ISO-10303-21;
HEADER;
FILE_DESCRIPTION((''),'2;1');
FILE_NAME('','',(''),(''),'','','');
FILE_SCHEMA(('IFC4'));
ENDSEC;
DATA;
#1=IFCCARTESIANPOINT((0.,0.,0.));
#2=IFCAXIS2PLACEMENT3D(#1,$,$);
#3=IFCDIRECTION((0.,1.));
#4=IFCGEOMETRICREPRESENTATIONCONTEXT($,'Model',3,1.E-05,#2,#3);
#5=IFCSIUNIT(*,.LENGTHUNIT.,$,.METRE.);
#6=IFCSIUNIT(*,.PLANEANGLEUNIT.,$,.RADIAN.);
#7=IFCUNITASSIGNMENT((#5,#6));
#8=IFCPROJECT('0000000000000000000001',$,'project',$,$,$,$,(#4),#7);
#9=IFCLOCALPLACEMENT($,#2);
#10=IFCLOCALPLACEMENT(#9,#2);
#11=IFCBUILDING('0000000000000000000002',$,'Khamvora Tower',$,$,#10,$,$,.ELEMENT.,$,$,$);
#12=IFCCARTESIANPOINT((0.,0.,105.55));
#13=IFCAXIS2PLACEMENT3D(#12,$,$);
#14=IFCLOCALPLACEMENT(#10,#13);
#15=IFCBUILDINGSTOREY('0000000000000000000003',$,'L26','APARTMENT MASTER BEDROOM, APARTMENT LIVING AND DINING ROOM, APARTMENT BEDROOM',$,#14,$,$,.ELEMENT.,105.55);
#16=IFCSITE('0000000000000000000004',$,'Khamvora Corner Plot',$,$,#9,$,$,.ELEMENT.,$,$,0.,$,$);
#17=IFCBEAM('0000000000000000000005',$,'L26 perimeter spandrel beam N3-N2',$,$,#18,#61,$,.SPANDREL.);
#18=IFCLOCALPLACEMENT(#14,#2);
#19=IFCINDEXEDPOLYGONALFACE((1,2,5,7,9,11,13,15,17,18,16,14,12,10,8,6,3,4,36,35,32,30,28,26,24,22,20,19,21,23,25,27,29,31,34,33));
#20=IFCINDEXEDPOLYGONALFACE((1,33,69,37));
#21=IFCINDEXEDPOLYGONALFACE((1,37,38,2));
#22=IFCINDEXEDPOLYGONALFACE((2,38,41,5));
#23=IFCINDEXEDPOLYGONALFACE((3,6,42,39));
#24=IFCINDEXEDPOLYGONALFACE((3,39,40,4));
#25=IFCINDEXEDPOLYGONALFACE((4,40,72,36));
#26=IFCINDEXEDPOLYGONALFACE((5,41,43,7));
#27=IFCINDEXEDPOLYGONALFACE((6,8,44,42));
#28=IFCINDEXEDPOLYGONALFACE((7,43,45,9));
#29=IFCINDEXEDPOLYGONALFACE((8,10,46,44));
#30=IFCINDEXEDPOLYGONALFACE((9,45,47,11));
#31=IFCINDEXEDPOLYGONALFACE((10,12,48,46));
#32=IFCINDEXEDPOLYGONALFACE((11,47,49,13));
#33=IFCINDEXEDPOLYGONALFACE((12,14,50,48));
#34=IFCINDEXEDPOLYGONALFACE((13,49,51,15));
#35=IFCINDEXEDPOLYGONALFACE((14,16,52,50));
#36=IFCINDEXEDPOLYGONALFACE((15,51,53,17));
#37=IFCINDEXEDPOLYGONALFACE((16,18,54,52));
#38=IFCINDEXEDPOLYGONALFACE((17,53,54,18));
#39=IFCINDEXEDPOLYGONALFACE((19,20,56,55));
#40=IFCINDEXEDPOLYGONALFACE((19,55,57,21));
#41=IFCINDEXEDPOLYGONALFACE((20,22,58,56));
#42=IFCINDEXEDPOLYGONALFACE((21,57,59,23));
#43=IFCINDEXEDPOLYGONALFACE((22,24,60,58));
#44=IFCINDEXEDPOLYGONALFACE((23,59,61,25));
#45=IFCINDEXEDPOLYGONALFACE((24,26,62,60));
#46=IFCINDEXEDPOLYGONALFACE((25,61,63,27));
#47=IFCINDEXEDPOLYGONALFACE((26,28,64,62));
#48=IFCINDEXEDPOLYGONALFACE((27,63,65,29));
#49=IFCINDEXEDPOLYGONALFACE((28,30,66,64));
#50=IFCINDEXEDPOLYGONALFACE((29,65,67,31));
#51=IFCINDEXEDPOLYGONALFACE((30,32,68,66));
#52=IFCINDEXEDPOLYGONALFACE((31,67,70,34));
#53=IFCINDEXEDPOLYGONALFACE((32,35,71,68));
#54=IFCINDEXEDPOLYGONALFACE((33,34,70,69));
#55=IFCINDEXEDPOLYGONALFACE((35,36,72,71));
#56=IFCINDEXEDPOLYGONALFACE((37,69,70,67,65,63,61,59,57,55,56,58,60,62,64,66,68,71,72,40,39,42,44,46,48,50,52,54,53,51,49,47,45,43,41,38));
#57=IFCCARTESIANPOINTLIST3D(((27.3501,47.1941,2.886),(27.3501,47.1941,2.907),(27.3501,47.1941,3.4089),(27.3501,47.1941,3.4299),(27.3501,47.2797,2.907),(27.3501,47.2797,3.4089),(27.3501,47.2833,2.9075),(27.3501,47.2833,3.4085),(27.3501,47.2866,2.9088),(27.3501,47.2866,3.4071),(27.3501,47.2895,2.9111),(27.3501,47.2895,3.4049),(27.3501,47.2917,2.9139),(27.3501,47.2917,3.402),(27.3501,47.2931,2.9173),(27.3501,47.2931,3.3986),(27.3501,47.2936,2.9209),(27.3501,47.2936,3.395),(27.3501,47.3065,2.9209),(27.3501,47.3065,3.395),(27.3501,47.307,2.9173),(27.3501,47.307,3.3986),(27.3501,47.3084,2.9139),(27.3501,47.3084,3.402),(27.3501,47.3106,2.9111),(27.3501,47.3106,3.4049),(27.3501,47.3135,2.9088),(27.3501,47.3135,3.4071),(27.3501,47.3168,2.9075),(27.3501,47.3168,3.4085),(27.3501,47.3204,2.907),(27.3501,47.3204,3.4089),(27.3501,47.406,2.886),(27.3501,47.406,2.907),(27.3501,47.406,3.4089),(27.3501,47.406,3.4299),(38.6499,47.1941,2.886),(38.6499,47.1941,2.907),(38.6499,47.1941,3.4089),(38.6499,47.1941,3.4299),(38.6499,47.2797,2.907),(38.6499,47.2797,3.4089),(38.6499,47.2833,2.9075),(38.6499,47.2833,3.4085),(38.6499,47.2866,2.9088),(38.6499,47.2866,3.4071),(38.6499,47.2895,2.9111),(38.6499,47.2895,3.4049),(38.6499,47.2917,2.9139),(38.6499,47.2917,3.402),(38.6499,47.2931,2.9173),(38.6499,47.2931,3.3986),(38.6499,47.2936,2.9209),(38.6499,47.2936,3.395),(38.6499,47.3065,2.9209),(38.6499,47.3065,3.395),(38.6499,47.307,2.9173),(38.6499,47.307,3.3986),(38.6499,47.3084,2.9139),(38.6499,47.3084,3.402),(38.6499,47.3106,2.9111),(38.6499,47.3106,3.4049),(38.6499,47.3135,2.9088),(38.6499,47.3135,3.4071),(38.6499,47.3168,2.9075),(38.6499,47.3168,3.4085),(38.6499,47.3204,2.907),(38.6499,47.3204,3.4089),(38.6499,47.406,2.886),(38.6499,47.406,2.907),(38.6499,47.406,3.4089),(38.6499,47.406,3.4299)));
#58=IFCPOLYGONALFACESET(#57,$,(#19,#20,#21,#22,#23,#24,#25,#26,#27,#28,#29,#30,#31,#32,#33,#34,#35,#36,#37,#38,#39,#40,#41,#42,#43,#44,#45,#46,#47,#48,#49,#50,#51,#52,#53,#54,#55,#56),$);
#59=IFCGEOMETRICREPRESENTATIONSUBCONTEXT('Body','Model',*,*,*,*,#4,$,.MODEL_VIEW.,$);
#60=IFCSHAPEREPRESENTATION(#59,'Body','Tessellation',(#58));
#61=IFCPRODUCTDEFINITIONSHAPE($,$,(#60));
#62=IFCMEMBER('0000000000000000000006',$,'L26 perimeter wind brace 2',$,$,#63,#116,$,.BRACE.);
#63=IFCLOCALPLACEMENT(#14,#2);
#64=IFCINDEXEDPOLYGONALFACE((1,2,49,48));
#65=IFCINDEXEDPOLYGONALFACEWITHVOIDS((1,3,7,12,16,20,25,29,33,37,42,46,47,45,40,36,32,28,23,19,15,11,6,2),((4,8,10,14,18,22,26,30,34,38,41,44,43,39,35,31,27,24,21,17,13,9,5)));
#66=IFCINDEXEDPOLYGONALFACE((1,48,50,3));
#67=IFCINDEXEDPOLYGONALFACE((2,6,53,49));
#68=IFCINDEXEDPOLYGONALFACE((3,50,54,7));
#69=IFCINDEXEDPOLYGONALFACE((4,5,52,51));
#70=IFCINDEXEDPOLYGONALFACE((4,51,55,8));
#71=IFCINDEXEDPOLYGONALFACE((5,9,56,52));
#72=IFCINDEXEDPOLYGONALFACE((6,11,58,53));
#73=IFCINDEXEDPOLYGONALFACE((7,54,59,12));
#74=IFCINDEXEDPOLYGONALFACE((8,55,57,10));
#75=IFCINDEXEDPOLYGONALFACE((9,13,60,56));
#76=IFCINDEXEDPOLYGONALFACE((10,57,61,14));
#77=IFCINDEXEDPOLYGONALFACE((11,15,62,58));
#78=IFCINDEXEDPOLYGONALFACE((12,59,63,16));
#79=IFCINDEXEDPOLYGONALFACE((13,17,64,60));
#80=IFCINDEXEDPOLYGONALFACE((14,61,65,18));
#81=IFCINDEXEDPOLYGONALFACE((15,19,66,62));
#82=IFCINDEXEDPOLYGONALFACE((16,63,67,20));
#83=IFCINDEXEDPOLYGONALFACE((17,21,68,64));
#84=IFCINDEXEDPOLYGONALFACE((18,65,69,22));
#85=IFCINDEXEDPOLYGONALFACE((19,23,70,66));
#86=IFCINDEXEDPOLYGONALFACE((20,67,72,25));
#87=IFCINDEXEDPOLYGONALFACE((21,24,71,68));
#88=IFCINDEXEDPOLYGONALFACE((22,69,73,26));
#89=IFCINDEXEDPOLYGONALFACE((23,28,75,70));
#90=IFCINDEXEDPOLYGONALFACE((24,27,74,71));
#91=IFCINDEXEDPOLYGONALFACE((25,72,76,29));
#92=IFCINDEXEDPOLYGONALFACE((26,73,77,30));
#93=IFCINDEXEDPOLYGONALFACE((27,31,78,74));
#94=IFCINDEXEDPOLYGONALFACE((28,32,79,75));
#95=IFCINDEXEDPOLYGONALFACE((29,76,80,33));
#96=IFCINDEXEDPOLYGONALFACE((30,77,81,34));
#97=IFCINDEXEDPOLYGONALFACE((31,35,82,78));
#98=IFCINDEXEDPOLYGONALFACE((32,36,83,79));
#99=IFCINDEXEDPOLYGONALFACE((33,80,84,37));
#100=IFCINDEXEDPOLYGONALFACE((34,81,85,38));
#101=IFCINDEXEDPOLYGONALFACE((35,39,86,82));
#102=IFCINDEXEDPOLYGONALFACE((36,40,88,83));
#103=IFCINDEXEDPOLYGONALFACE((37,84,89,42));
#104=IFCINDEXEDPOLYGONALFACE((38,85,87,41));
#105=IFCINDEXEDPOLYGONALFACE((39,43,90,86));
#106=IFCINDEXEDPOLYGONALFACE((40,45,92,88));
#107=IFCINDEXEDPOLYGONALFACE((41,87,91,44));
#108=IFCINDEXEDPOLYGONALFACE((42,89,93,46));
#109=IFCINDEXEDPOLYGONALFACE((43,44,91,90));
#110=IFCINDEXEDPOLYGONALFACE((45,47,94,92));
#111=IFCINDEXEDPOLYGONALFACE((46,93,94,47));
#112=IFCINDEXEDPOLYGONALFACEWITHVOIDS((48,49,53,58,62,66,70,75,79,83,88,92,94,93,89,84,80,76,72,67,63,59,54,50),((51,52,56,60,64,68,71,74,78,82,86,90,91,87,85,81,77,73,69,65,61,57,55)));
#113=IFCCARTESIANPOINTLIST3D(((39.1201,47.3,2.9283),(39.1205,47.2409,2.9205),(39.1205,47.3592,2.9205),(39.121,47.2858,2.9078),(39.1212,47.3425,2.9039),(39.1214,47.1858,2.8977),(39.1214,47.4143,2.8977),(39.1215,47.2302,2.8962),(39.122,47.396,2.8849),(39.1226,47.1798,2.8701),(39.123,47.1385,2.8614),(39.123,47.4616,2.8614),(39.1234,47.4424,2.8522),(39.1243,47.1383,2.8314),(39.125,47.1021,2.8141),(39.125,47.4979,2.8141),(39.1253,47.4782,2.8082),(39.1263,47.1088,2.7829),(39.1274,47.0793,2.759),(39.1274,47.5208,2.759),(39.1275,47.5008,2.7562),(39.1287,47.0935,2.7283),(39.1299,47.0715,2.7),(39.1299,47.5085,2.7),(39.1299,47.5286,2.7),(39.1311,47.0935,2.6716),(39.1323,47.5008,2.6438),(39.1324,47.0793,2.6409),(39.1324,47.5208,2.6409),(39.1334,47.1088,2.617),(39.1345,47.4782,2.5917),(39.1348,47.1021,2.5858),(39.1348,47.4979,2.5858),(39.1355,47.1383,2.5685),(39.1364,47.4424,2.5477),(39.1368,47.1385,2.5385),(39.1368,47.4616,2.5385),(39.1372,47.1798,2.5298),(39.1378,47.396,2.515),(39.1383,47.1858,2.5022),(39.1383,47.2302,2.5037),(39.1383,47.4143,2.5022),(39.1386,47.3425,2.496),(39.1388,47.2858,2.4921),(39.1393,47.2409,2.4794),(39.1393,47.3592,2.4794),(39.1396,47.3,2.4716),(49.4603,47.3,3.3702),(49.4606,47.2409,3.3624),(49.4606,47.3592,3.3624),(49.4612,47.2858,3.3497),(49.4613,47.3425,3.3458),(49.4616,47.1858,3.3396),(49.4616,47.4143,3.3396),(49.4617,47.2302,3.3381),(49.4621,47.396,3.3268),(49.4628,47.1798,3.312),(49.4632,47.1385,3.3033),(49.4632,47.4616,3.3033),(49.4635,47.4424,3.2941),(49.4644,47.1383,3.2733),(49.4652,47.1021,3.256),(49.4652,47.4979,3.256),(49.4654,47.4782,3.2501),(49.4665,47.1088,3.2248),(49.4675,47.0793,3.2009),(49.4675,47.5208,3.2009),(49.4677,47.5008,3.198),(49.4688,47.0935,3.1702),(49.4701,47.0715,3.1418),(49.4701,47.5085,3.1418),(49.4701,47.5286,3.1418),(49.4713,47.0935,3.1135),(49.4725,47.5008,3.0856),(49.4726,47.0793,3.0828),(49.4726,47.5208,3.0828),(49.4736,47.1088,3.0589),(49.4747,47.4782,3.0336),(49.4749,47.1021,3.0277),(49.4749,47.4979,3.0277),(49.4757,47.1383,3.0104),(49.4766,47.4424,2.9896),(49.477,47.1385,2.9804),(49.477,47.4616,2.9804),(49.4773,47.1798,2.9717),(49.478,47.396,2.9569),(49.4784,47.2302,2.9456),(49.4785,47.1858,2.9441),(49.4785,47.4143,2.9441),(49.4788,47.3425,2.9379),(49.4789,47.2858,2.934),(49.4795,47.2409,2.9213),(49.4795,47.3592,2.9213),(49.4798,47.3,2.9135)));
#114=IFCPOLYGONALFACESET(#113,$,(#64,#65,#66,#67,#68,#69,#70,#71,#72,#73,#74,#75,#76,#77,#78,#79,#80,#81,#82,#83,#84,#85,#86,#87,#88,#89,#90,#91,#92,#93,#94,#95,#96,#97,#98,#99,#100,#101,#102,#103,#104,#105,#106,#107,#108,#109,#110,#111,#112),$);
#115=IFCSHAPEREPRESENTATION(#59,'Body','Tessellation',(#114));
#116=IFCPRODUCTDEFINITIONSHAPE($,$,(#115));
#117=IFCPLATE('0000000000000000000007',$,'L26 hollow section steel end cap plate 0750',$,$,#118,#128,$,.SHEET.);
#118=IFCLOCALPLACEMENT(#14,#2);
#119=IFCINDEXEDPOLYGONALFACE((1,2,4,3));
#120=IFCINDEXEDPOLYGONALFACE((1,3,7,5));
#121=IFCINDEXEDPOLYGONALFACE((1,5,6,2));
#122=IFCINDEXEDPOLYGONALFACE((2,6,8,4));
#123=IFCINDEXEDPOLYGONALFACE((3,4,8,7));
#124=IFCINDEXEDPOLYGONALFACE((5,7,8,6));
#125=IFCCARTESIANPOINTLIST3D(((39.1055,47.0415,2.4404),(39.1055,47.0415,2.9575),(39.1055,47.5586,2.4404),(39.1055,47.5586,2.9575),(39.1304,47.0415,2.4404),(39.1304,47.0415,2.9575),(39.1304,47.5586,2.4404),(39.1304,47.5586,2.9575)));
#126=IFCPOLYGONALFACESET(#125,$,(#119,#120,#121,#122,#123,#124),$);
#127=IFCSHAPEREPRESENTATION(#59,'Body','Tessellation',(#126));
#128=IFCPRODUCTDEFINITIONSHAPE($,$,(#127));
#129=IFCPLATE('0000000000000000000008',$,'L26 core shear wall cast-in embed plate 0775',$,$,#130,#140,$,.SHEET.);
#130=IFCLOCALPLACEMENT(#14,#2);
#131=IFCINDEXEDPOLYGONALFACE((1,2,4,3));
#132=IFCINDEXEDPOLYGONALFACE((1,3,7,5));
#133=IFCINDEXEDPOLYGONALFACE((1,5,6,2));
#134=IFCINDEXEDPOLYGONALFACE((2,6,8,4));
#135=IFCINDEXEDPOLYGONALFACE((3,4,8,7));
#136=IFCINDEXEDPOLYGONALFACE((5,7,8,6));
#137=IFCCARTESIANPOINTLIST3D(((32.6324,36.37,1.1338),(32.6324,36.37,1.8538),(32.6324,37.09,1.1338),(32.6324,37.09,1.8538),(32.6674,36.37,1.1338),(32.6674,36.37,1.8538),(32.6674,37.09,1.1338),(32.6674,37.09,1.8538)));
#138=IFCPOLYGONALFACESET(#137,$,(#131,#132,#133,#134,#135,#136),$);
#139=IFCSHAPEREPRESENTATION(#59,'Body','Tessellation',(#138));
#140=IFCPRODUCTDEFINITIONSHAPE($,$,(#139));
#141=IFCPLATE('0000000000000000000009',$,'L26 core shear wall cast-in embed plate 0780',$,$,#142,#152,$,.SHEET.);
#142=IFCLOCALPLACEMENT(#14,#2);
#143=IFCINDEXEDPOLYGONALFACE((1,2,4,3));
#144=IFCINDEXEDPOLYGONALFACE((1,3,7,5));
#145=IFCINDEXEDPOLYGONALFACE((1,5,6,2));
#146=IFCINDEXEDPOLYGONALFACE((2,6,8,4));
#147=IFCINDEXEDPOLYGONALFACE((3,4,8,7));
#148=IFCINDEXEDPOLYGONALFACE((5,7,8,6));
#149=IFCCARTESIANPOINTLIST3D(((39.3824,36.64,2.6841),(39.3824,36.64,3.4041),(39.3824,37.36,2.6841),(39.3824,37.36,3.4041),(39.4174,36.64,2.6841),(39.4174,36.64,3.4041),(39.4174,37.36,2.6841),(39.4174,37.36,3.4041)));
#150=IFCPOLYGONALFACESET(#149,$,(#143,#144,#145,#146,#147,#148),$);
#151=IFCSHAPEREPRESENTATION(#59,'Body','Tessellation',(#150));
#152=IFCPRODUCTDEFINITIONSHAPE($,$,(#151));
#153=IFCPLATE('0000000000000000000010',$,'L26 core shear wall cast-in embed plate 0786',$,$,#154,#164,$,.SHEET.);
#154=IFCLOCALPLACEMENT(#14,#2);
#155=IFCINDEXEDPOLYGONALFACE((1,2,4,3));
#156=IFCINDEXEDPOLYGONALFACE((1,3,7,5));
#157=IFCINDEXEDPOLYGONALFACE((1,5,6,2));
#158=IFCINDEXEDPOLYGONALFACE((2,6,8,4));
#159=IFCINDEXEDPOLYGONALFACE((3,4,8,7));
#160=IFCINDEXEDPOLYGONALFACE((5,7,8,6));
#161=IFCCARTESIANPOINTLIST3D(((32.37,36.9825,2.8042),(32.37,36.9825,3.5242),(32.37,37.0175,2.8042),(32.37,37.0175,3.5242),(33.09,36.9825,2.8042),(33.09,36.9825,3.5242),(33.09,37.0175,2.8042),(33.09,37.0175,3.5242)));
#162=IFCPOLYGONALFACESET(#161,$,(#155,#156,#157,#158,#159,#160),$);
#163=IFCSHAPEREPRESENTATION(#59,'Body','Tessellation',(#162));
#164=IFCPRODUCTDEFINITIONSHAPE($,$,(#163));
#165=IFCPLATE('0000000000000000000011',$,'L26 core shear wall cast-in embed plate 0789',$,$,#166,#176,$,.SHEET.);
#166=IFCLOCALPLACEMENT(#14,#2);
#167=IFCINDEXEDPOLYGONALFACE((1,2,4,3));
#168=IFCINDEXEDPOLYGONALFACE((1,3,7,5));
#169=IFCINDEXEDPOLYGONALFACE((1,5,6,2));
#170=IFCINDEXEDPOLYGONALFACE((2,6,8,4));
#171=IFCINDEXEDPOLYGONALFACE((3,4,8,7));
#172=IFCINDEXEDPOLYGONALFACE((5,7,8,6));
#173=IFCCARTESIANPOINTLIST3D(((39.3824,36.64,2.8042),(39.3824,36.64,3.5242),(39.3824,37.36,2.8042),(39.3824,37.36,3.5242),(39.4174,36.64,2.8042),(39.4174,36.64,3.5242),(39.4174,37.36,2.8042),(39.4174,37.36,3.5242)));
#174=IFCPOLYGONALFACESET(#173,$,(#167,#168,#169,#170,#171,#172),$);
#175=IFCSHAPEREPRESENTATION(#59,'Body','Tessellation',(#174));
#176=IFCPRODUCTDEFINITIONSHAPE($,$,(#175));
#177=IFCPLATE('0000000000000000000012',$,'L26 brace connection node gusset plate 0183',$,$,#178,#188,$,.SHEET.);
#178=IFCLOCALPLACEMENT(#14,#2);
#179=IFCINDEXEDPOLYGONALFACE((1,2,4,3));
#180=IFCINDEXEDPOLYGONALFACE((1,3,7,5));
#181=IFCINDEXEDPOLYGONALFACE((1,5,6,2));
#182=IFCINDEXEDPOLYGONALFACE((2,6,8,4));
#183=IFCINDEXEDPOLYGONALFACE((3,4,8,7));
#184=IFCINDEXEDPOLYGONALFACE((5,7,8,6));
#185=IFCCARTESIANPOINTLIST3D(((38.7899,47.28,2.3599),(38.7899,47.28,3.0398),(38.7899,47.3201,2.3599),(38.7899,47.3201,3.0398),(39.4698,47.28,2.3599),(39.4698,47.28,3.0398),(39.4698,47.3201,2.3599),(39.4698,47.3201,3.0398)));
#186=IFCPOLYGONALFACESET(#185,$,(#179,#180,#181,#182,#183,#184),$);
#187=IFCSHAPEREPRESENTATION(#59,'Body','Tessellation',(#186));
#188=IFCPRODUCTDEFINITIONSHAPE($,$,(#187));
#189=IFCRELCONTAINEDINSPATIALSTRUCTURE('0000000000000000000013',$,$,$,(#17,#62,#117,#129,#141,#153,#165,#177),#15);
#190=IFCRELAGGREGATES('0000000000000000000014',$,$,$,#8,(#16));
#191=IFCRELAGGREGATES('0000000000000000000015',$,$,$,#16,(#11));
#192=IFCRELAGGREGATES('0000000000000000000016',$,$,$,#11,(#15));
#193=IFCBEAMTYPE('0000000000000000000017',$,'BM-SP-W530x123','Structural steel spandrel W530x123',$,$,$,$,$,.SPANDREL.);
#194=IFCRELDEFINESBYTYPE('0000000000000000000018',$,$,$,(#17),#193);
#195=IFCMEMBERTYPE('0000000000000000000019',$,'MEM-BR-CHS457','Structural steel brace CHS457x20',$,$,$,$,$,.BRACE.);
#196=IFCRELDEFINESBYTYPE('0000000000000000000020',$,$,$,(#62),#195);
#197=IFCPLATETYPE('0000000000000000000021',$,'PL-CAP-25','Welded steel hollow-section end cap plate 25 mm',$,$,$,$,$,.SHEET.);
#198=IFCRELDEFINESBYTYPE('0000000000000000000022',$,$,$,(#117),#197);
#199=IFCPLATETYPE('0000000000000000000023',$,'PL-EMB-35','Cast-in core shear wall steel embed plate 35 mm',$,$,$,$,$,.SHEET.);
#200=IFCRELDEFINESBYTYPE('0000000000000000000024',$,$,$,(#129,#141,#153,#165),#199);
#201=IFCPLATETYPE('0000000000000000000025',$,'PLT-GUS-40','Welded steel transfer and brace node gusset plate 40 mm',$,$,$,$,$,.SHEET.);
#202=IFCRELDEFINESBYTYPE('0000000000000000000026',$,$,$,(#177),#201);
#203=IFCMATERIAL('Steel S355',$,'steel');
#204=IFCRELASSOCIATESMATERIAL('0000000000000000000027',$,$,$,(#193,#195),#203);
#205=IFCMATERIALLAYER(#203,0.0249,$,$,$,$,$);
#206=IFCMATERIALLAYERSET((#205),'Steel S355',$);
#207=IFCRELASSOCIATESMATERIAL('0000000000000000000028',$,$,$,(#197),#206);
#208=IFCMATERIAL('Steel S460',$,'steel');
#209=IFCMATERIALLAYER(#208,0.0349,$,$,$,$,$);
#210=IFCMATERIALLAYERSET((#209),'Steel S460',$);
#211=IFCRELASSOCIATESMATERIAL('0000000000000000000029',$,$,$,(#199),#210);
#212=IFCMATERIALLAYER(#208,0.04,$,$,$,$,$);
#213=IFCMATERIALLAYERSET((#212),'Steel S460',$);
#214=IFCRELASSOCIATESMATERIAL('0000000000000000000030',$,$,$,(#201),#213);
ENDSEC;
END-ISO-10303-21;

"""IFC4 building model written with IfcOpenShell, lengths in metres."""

from ifc_helpers import new_model, si_unit, direction, frame, origin, origin_2d, place, context, subcontext, project, spatial, rectangle, hollow_circle, i_section, extrude, material, layer, layer_set, material_profile, profile_set, type_object, element, save


model = new_model("IFC4")

# Units and contexts
model_context = context("Model", 3, precision=1e-05, world=origin(), true_north=direction((0.0, 1.0)))
body_context = subcontext(model_context, "Body", "Model", "MODEL_VIEW")
ifc_project = project(units=[si_unit("LENGTHUNIT", "METRE"), si_unit("PLANEANGLEUNIT", "RADIAN")], contexts=[model_context])

# Site, building, storey
site_placement = place(None, origin())
site = spatial("IfcSite", under=ifc_project, at=site_placement, Name="Khamvora Corner Plot", CompositionType="ELEMENT", RefElevation=0.0)
building_placement = place(site_placement, origin())
building = spatial("IfcBuilding", under=site, at=building_placement, Name="Khamvora Tower", CompositionType="ELEMENT")
storey_placement = place(building_placement, frame((0.0, 0.0, 105.55)))
storey = spatial("IfcBuildingStorey", under=building, at=storey_placement, Name="L26", Description="APARTMENT MASTER BEDROOM, APARTMENT LIVING AND DINING ROOM, APARTMENT BEDROOM", CompositionType="ELEMENT", Elevation=105.55)

# Shared definitions
ifc_material_1 = material(Name="Steel S355", Category="steel")
ifc_material_2 = material(Name="Steel S460", Category="steel")

# Beam
ifc_material_profile_1 = material_profile(ifc_material_1, i_section(OverallWidth=0.2119, OverallDepth=0.5439, WebThickness=0.0129, FlangeThickness=0.021, FilletRadius=0.0139, at=origin_2d()), Name="W530x123")
ifc_profile_set_1 = profile_set([ifc_material_profile_1], Name="Steel S355")
beam_type_1 = type_object("IfcBeamType", Name="BM-SP-W530x123", Description="Structural steel spandrel W530x123", PredefinedType="SPANDREL", material=ifc_profile_set_1)
beam_1_placement = place(storey_placement, frame((38.6499, 47.3, 3.158), z_axis=(-1.0, 0.0, 0.0), x_axis=(0.0, -1.0, 0.0)))
element("IfcBeam", 1, at=beam_1_placement, inside=storey, type_object=beam_type_1, Name="L26 perimeter spandrel beam N3-N2", PredefinedType="SPANDREL", context=body_context, shape_type="SweptSolid", body=[
    extrude(i_section(OverallWidth=0.2119, OverallDepth=0.5439, WebThickness=0.0129, FlangeThickness=0.021, FilletRadius=0.0139, at=origin_2d()), origin(), (0.0, 0.0, 1.0), 11.2998),
])

# Member
ifc_material_profile_2 = material_profile(ifc_material_1, hollow_circle(Radius=0.2285, WallThickness=0.02, at=origin_2d()), Name="CHS457x20")
ifc_profile_set_2 = profile_set([ifc_material_profile_2], Name="Steel S355")
member_type = type_object("IfcMemberType", Name="MEM-BR-CHS457", Description="Structural steel brace CHS457x20", PredefinedType="BRACE", material=ifc_profile_set_2)
member_placement = place(storey_placement, frame((39.1299, 47.3, 2.7), z_axis=(0.999088, 0.0, 0.042697), x_axis=(0.0, 1.0, 0.0)))
element("IfcMember", 2, at=member_placement, inside=storey, type_object=member_type, Name="L26 perimeter wind brace 2", PredefinedType="BRACE", context=body_context, shape_type="SweptSolid", body=[
    extrude(hollow_circle(Radius=0.2285, WallThickness=0.02, at=origin_2d()), origin(), (0.0, 0.0, 1.0), 10.3496),
])

# Plates
ifc_layer_1 = layer(ifc_material_1, 0.0249)
ifc_layer_set_1 = layer_set([ifc_layer_1], Name="Steel S355")
plate_type_1 = type_object("IfcPlateType", Name="PL-CAP-25", Description="Welded steel hollow-section end cap plate 25 mm", PredefinedType="SHEET", material=ifc_layer_set_1)
plate_1_placement = place(storey_placement, frame((39.1179, 47.3, 2.4404), z_axis=(0.0, 0.0, 1.0), x_axis=(1.0, 0.0, 0.0)))
element("IfcPlate", 3, at=plate_1_placement, inside=storey, type_object=plate_type_1, Name="L26 hollow section steel end cap plate 0750", PredefinedType="SHEET", context=body_context, shape_type="SweptSolid", body=[
    extrude(rectangle(XDim=0.0249, YDim=0.5171, at=origin_2d()), origin(), (0.0, 0.0, 1.0), 0.5171),
])
ifc_layer_2 = layer(ifc_material_2, 0.0349)
ifc_layer_set_2 = layer_set([ifc_layer_2], Name="Steel S460")
plate_type_2 = type_object("IfcPlateType", Name="PL-EMB-35", Description="Cast-in core shear wall steel embed plate 35 mm", PredefinedType="SHEET", material=ifc_layer_set_2)
for number, where, z_axis, x_axis, name in (
    (4, (32.6499, 36.73, 1.1338), (0.0, 0.0, 1.0), (1.0, 0.0, 0.0), "L26 core shear wall cast-in embed plate 0775"),
    (5, (39.3999, 37.0, 2.6841), (0.0, 0.0, 1.0), (1.0, 0.0, 0.0), "L26 core shear wall cast-in embed plate 0780"),
):
    element("IfcPlate", number, at=place(storey_placement, frame(where, z_axis=z_axis, x_axis=x_axis)), inside=storey, type_object=plate_type_2, Name=name, PredefinedType="SHEET", context=body_context, shape_type="SweptSolid", body=[
        extrude(rectangle(XDim=0.0349, YDim=0.72, at=origin_2d()), origin(), (0.0, 0.0, 1.0), 0.72),
    ])
plate_2_placement = place(storey_placement, frame((32.73, 37.0, 2.8042), z_axis=(0.0, 0.0, 1.0), x_axis=(1.0, 0.0, 0.0)))
element("IfcPlate", 6, at=plate_2_placement, inside=storey, type_object=plate_type_2, Name="L26 core shear wall cast-in embed plate 0786", PredefinedType="SHEET", context=body_context, shape_type="SweptSolid", body=[
    extrude(rectangle(XDim=0.72, YDim=0.0349, at=origin_2d()), origin(), (0.0, 0.0, 1.0), 0.72),
])
plate_3_placement = place(storey_placement, frame((39.3999, 37.0, 2.8042), z_axis=(0.0, 0.0, 1.0), x_axis=(1.0, 0.0, 0.0)))
element("IfcPlate", 7, at=plate_3_placement, inside=storey, type_object=plate_type_2, Name="L26 core shear wall cast-in embed plate 0789", PredefinedType="SHEET", context=body_context, shape_type="SweptSolid", body=[
    extrude(rectangle(XDim=0.0349, YDim=0.72, at=origin_2d()), origin(), (0.0, 0.0, 1.0), 0.72),
])
ifc_layer_3 = layer(ifc_material_2, 0.04)
ifc_layer_set_3 = layer_set([ifc_layer_3], Name="Steel S460")
plate_type_3 = type_object("IfcPlateType", Name="PLT-GUS-40", Description="Welded steel transfer and brace node gusset plate 40 mm", PredefinedType="SHEET", material=ifc_layer_set_3)
plate_4_placement = place(storey_placement, frame((39.1299, 47.3, 2.3599), z_axis=(0.0, 0.0, 1.0), x_axis=(1.0, 0.0, 0.0)))
element("IfcPlate", 8, at=plate_4_placement, inside=storey, type_object=plate_type_3, Name="L26 brace connection node gusset plate 0183", PredefinedType="SHEET", context=body_context, shape_type="SweptSolid", body=[
    extrude(rectangle(XDim=0.6799, YDim=0.04, at=origin_2d()), origin(), (0.0, 0.0, 1.0), 0.6799),
])

save(model, "model.ifc")
